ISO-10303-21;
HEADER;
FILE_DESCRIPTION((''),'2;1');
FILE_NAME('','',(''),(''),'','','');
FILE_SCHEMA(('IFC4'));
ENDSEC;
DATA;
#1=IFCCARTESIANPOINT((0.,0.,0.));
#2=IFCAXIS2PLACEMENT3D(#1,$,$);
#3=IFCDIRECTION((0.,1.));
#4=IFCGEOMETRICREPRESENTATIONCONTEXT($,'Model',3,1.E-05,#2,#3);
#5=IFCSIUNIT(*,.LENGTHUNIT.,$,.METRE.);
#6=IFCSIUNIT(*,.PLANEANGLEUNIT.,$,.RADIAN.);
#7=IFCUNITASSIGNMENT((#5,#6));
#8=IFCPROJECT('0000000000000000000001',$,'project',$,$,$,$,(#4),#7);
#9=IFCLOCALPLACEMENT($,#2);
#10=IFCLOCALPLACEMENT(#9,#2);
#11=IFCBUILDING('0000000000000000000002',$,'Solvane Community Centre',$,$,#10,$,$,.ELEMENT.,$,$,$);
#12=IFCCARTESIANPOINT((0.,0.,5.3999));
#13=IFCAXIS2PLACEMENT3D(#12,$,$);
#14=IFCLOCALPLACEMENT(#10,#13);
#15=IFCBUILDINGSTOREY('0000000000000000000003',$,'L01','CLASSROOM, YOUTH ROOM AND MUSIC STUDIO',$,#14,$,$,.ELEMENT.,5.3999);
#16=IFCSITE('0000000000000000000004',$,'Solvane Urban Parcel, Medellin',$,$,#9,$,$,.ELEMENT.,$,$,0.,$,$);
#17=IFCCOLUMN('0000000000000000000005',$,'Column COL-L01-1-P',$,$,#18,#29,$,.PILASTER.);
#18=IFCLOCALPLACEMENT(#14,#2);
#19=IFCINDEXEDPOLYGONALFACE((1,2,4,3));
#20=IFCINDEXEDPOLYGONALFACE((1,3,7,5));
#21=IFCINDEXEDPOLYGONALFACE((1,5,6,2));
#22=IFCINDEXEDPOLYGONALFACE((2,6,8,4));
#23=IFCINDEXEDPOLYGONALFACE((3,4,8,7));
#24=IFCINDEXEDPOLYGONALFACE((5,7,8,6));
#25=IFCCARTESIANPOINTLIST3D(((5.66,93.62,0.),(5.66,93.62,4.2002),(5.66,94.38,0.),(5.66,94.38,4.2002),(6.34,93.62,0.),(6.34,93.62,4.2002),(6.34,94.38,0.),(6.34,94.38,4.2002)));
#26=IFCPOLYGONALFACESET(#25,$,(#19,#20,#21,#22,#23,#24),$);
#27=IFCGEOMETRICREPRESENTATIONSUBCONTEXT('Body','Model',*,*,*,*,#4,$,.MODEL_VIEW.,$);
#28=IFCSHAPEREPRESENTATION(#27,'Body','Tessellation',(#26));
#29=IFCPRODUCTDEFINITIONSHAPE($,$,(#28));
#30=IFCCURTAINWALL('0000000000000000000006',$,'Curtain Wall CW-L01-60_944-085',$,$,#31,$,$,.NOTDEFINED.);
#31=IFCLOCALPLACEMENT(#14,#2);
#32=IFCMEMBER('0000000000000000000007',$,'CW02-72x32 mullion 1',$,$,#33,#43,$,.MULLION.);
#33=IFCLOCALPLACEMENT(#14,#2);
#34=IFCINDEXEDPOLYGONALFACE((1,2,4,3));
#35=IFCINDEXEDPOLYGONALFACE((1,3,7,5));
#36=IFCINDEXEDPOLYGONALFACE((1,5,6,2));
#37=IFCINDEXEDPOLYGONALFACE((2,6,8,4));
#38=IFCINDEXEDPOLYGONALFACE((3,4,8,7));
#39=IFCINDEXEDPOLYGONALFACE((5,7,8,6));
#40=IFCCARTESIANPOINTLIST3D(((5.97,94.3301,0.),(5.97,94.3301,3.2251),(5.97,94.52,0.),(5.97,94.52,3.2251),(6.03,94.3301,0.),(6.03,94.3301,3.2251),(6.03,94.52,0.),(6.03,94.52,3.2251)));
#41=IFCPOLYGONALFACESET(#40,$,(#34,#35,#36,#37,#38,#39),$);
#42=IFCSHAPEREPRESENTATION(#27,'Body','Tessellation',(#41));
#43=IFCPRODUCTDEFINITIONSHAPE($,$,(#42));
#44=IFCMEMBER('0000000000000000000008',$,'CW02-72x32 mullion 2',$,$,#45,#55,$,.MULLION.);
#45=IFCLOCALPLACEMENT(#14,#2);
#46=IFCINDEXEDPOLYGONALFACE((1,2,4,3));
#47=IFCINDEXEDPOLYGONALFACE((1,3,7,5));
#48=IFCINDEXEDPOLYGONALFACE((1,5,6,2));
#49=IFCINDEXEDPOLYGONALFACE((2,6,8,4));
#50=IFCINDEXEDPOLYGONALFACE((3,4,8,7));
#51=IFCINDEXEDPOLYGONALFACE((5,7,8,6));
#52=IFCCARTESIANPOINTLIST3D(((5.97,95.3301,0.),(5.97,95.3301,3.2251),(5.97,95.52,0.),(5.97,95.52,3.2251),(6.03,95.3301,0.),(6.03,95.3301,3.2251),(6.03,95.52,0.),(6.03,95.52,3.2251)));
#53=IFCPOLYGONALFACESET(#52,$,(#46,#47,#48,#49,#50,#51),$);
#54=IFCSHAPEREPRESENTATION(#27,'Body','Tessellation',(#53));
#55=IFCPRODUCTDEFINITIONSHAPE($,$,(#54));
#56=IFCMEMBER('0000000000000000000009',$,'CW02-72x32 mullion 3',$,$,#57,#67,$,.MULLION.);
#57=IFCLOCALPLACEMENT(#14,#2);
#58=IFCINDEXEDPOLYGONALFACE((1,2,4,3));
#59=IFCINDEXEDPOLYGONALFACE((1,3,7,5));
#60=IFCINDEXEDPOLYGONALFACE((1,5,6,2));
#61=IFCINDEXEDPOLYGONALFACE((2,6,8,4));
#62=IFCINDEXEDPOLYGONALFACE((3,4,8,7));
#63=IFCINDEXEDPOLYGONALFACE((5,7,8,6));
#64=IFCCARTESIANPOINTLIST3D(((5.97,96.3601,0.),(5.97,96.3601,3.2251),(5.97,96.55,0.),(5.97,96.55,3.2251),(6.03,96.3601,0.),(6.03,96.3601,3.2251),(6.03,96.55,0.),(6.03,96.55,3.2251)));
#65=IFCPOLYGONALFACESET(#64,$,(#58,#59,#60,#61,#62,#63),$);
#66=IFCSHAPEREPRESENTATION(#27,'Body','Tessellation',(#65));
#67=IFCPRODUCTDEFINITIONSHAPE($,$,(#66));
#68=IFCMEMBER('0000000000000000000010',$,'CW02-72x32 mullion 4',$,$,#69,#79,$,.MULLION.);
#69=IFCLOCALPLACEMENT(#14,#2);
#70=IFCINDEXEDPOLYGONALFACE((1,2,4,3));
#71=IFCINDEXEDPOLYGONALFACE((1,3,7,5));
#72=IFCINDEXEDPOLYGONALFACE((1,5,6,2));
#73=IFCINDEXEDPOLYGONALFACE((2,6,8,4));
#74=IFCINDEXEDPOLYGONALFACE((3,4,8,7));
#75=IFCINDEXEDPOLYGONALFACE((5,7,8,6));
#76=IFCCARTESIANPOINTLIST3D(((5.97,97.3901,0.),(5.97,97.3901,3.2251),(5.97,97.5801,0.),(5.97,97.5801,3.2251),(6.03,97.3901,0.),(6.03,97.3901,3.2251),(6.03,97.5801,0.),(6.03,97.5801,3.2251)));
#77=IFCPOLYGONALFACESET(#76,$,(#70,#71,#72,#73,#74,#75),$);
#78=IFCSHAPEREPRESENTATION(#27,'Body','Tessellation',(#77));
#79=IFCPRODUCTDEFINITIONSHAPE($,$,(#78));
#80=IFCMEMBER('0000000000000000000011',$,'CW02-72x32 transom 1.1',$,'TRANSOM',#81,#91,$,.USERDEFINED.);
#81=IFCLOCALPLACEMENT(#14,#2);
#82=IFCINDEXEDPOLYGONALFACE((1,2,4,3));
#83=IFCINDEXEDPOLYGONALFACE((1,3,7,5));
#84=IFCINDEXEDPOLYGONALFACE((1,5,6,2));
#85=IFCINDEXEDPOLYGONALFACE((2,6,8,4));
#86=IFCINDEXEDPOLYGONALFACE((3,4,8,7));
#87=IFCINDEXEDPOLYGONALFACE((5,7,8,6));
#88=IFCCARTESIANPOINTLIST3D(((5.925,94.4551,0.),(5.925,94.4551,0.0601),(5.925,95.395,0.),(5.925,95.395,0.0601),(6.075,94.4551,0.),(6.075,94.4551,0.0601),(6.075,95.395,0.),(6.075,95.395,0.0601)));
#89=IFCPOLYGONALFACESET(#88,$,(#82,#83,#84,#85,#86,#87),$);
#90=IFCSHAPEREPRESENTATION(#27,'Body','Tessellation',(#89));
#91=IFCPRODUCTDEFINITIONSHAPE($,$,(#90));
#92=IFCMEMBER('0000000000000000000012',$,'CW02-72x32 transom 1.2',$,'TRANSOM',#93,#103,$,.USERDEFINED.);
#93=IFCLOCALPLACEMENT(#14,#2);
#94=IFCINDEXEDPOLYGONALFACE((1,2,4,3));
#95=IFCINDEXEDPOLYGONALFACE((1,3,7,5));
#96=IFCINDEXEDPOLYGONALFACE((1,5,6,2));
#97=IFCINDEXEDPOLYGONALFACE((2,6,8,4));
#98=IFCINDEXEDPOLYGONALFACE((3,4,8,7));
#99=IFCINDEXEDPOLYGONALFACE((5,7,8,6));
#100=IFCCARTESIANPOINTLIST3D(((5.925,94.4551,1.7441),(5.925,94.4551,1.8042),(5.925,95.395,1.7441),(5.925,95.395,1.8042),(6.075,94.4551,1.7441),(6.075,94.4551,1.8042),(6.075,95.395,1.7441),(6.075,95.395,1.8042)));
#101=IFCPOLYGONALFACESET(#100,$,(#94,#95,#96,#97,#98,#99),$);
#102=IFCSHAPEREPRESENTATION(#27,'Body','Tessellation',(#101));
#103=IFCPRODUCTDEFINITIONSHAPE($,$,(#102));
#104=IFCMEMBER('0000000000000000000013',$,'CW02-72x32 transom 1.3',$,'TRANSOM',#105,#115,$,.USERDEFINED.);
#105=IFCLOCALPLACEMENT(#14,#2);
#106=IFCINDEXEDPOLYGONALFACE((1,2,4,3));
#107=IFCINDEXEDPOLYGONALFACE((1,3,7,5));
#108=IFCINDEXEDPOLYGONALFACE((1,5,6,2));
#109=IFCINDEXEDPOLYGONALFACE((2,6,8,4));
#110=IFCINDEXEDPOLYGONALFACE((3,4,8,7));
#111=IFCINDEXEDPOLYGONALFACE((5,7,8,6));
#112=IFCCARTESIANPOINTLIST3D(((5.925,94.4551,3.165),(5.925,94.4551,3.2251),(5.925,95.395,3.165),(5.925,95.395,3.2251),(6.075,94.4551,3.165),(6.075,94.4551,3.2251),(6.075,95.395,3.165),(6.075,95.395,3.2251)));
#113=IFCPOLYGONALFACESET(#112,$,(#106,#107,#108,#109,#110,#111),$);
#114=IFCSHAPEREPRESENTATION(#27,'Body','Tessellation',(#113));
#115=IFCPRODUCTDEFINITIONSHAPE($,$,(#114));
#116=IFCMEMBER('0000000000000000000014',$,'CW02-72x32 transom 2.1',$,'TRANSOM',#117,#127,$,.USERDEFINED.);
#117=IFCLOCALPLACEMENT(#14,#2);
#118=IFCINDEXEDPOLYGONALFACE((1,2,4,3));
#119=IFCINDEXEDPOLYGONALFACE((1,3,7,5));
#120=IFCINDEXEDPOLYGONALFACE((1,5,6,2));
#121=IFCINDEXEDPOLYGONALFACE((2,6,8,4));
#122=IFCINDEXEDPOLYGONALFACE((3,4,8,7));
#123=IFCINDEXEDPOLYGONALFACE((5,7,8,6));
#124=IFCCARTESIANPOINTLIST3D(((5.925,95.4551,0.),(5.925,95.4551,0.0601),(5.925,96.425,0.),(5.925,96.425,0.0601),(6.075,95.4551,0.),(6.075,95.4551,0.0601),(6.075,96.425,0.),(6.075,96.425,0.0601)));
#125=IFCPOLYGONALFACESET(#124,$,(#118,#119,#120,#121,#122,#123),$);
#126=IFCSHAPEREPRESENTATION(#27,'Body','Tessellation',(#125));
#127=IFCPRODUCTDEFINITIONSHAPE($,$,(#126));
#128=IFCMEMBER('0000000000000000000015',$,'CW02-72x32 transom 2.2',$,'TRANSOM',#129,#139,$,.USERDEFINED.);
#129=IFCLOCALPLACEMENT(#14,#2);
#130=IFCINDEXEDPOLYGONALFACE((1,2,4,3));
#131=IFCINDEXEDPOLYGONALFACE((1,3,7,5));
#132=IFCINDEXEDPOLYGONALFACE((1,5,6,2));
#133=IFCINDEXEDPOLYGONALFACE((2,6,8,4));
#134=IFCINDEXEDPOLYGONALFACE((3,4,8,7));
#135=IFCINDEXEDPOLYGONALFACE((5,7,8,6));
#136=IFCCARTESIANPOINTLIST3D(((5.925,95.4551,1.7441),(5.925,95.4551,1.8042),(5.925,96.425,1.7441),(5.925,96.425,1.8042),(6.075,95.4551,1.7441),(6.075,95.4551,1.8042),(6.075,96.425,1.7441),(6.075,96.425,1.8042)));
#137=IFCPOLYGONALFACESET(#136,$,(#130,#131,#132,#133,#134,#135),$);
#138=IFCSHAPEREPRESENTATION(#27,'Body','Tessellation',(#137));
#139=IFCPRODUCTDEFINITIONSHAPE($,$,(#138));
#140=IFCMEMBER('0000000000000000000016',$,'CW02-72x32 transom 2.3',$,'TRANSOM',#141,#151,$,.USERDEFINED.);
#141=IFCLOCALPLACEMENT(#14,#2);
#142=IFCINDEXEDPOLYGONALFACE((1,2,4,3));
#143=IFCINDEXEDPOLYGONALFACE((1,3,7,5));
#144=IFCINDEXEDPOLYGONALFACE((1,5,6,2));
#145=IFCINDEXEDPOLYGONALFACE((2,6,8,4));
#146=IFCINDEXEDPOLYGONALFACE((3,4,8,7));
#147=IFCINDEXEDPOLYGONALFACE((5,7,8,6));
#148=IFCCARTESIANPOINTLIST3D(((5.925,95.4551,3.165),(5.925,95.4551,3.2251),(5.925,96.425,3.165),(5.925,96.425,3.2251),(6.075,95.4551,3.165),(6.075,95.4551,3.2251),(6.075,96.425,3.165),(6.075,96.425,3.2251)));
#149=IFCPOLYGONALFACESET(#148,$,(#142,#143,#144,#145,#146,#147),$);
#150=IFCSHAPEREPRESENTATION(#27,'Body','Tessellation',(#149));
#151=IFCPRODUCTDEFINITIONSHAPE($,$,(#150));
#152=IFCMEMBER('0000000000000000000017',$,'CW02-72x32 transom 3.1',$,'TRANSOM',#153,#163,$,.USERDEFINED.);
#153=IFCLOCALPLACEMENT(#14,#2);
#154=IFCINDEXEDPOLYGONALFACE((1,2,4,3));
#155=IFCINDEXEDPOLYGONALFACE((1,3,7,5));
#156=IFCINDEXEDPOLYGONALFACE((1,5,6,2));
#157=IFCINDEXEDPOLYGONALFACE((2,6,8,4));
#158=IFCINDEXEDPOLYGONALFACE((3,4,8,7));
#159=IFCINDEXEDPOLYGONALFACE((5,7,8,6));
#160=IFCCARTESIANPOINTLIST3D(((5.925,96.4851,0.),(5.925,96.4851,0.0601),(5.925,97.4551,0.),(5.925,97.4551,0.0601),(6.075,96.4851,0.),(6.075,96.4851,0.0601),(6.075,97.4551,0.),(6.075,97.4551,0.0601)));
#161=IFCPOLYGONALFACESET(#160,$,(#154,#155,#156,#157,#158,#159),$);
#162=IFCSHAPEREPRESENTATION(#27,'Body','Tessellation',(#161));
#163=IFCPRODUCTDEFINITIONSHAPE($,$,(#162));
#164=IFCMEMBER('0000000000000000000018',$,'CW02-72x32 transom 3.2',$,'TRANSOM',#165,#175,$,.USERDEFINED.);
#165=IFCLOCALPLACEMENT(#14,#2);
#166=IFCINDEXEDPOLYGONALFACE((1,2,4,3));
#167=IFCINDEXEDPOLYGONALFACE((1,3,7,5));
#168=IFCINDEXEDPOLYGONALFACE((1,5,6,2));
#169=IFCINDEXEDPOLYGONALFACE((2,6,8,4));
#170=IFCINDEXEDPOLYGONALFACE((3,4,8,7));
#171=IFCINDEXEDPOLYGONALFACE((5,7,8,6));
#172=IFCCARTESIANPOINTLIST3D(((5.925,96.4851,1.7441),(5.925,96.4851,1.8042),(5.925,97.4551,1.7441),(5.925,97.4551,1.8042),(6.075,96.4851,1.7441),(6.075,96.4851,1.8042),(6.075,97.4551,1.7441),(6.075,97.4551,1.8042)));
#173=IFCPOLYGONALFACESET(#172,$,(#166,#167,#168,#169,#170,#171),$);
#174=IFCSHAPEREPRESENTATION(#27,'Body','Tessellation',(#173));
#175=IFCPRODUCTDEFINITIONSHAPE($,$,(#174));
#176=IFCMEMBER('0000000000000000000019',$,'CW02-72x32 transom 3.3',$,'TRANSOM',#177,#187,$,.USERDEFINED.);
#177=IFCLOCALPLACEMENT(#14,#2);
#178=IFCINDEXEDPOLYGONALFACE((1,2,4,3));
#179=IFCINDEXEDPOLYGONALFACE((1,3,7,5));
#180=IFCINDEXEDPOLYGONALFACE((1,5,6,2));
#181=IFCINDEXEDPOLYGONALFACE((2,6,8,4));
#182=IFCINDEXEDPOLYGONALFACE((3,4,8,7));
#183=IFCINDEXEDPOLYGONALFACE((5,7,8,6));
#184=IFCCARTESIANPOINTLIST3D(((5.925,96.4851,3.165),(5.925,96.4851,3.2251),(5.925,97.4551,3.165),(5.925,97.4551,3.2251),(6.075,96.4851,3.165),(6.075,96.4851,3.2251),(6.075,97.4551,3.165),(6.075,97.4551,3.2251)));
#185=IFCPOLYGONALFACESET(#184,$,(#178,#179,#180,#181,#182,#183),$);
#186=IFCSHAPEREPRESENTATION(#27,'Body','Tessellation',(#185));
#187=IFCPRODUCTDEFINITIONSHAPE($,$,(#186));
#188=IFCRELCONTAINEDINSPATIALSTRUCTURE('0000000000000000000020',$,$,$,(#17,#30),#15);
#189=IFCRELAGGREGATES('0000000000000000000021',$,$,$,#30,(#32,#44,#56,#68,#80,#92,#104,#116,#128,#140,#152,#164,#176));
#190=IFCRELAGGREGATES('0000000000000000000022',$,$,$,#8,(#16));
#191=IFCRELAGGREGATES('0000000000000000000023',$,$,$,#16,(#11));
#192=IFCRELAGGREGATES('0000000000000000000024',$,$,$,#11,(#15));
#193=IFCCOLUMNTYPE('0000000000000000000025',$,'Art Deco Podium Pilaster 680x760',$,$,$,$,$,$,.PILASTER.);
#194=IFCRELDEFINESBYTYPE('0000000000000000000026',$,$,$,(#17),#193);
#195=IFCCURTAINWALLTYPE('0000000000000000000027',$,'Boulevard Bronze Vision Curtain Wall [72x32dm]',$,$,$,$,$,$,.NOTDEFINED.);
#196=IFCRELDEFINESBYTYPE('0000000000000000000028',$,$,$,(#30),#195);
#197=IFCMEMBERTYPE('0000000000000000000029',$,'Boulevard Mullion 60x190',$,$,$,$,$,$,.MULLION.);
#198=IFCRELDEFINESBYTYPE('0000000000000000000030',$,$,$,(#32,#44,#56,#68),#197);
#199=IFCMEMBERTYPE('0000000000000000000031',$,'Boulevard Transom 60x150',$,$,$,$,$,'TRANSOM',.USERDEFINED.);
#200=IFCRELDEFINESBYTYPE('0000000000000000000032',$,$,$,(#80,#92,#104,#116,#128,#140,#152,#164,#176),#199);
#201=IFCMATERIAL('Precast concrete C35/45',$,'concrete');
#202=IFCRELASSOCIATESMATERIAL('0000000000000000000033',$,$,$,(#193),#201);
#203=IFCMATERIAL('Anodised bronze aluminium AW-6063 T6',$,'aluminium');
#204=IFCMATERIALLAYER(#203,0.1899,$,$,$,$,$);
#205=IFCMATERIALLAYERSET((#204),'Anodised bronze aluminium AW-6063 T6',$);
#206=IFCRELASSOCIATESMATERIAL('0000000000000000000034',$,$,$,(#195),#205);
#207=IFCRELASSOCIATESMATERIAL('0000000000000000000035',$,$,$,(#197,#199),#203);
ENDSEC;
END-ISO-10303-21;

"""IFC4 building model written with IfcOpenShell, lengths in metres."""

from ifc_helpers import new_model, si_unit, direction, frame, origin, origin_2d, place, context, subcontext, project, spatial, rectangle, extrude, material, layer, layer_set, material_profile, profile_set, type_object, element, aggregate, save


model = new_model("IFC4")

# Units and contexts
model_context = context("Model", 3, precision=1e-05, world=origin(), true_north=direction((0.0, 1.0)))
body_context = subcontext(model_context, "Body", "Model", "MODEL_VIEW")
ifc_project = project(units=[si_unit("LENGTHUNIT", "METRE"), si_unit("PLANEANGLEUNIT", "RADIAN")], contexts=[model_context])

# Site, building, storey
site_placement = place(None, origin())
site = spatial("IfcSite", under=ifc_project, at=site_placement, Name="Solvane Urban Parcel, Medellin", CompositionType="ELEMENT", RefElevation=0.0)
building_placement = place(site_placement, origin())
building = spatial("IfcBuilding", under=site, at=building_placement, Name="Solvane Community Centre", CompositionType="ELEMENT")
storey_placement = place(building_placement, frame((0.0, 0.0, 5.3999)))
storey = spatial("IfcBuildingStorey", under=building, at=storey_placement, Name="L01", Description="CLASSROOM, YOUTH ROOM AND MUSIC STUDIO", CompositionType="ELEMENT", Elevation=5.3999)

# Column
ifc_material_1 = material(Name="Precast concrete C35/45", Category="concrete")
ifc_material_profile_1 = material_profile(ifc_material_1, rectangle(XDim=0.6799, YDim=0.76, at=origin_2d()), Name="RC 680x760")
ifc_profile_set_1 = profile_set([ifc_material_profile_1], Name="Precast concrete C35/45")
column_type = type_object("IfcColumnType", Name="Art Deco Podium Pilaster 680x760", PredefinedType="PILASTER", material=ifc_profile_set_1)
column_placement = place(storey_placement, frame((6.0, 94.0, 0.0), z_axis=(0.0, 0.0, 1.0), x_axis=(1.0, 0.0, 0.0)))
element("IfcColumn", 1, at=column_placement, inside=storey, type_object=column_type, Name="Column COL-L01-1-P", PredefinedType="PILASTER", context=body_context, shape_type="SweptSolid", body=[
    extrude(rectangle(XDim=0.6799, YDim=0.76, at=origin_2d()), origin(), (0.0, 0.0, 1.0), 4.2002),
])

# Curtain wall, members
ifc_material_2 = material(Name="Anodised bronze aluminium AW-6063 T6", Category="aluminium")
ifc_layer_1 = layer(ifc_material_2, 0.1899)
ifc_layer_set_1 = layer_set([ifc_layer_1], Name="Anodised bronze aluminium AW-6063 T6")
curtain_wall_type = type_object("IfcCurtainWallType", Name="Boulevard Bronze Vision Curtain Wall [72x32dm]", PredefinedType="NOTDEFINED", material=ifc_layer_set_1)
curtain_wall_placement = place(storey_placement, origin())
curtain_wall = element("IfcCurtainWall", 2, at=curtain_wall_placement, inside=storey, type_object=curtain_wall_type, Name="Curtain Wall CW-L01-60_944-085", PredefinedType="NOTDEFINED")
ifc_material_profile_2 = material_profile(ifc_material_2, rectangle(XDim=0.0601, YDim=0.1899, at=origin_2d()), Name="CW-M 60x190")
ifc_profile_set_2 = profile_set([ifc_material_profile_2], Name="Anodised bronze aluminium AW-6063 T6")
member_type_1 = type_object("IfcMemberType", Name="Boulevard Mullion 60x190", PredefinedType="MULLION", material=ifc_profile_set_2)
member_1_placement = place(storey_placement, frame((6.0, 94.425, 0.0), z_axis=(0.0, 0.0, 1.0), x_axis=(-1.0, 0.0, 0.0)))
member_1 = element("IfcMember", 3, at=member_1_placement, type_object=member_type_1, Name="CW02-72x32 mullion 1", PredefinedType="MULLION", context=body_context, shape_type="SweptSolid", body=[
    extrude(rectangle(XDim=0.0601, YDim=0.1899, at=origin_2d()), origin(), (0.0, 0.0, 1.0), 3.2251),
])
member_2_placement = place(storey_placement, frame((6.0, 95.425, 0.0), z_axis=(0.0, 0.0, 1.0), x_axis=(-1.0, 0.0, 0.0)))
member_2 = element("IfcMember", 4, at=member_2_placement, type_object=member_type_1, Name="CW02-72x32 mullion 2", PredefinedType="MULLION", context=body_context, shape_type="SweptSolid", body=[
    extrude(rectangle(XDim=0.0601, YDim=0.1899, at=origin_2d()), origin(), (0.0, 0.0, 1.0), 3.2251),
])
member_3_placement = place(storey_placement, frame((6.0, 96.4551, 0.0), z_axis=(0.0, 0.0, 1.0), x_axis=(-1.0, 0.0, 0.0)))
member_3 = element("IfcMember", 5, at=member_3_placement, type_object=member_type_1, Name="CW02-72x32 mullion 3", PredefinedType="MULLION", context=body_context, shape_type="SweptSolid", body=[
    extrude(rectangle(XDim=0.0601, YDim=0.1899, at=origin_2d()), origin(), (0.0, 0.0, 1.0), 3.2251),
])
member_4_placement = place(storey_placement, frame((6.0, 97.4851, 0.0), z_axis=(0.0, 0.0, 1.0), x_axis=(-1.0, 0.0, 0.0)))
member_4 = element("IfcMember", 6, at=member_4_placement, type_object=member_type_1, Name="CW02-72x32 mullion 4", PredefinedType="MULLION", context=body_context, shape_type="SweptSolid", body=[
    extrude(rectangle(XDim=0.0601, YDim=0.1899, at=origin_2d()), origin(), (0.0, 0.0, 1.0), 3.2251),
])
ifc_material_profile_3 = material_profile(ifc_material_2, rectangle(XDim=0.1499, YDim=0.0601, at=origin_2d()), Name="CW-T 60x150")
ifc_profile_set_3 = profile_set([ifc_material_profile_3], Name="Anodised bronze aluminium AW-6063 T6")
member_type_2 = type_object("IfcMemberType", Name="Boulevard Transom 60x150", ElementType="TRANSOM", PredefinedType="USERDEFINED", material=ifc_profile_set_3)
member_5_placement = place(storey_placement, frame((6.0, 94.4551, 0.03), z_axis=(0.0, 1.0, 0.0), x_axis=(-1.0, 0.0, 0.0)))
member_5 = element("IfcMember", 7, at=member_5_placement, type_object=member_type_2, Name="CW02-72x32 transom 1.1", ObjectType="TRANSOM", PredefinedType="USERDEFINED", context=body_context, shape_type="SweptSolid", body=[
    extrude(rectangle(XDim=0.1499, YDim=0.0601, at=origin_2d()), origin(), (0.0, 0.0, 1.0), 0.9399),
])
member_6_placement = place(storey_placement, frame((6.0, 94.4551, 1.7742), z_axis=(0.0, 1.0, 0.0), x_axis=(-1.0, 0.0, 0.0)))
member_6 = element("IfcMember", 8, at=member_6_placement, type_object=member_type_2, Name="CW02-72x32 transom 1.2", ObjectType="TRANSOM", PredefinedType="USERDEFINED", context=body_context, shape_type="SweptSolid", body=[
    extrude(rectangle(XDim=0.1499, YDim=0.0601, at=origin_2d()), origin(), (0.0, 0.0, 1.0), 0.9399),
])
member_7_placement = place(storey_placement, frame((6.0, 94.4551, 3.1951), z_axis=(0.0, 1.0, 0.0), x_axis=(-1.0, 0.0, 0.0)))
member_7 = element("IfcMember", 9, at=member_7_placement, type_object=member_type_2, Name="CW02-72x32 transom 1.3", ObjectType="TRANSOM", PredefinedType="USERDEFINED", context=body_context, shape_type="SweptSolid", body=[
    extrude(rectangle(XDim=0.1499, YDim=0.0601, at=origin_2d()), origin(), (0.0, 0.0, 1.0), 0.9399),
])
member_8_placement = place(storey_placement, frame((6.0, 95.4551, 0.03), z_axis=(0.0, 1.0, 0.0), x_axis=(-1.0, 0.0, 0.0)))
member_8 = element("IfcMember", 10, at=member_8_placement, type_object=member_type_2, Name="CW02-72x32 transom 2.1", ObjectType="TRANSOM", PredefinedType="USERDEFINED", context=body_context, shape_type="SweptSolid", body=[
    extrude(rectangle(XDim=0.1499, YDim=0.0601, at=origin_2d()), origin(), (0.0, 0.0, 1.0), 0.97),
])
member_9_placement = place(storey_placement, frame((6.0, 95.4551, 1.7742), z_axis=(0.0, 1.0, 0.0), x_axis=(-1.0, 0.0, 0.0)))
member_9 = element("IfcMember", 11, at=member_9_placement, type_object=member_type_2, Name="CW02-72x32 transom 2.2", ObjectType="TRANSOM", PredefinedType="USERDEFINED", context=body_context, shape_type="SweptSolid", body=[
    extrude(rectangle(XDim=0.1499, YDim=0.0601, at=origin_2d()), origin(), (0.0, 0.0, 1.0), 0.97),
])
member_10_placement = place(storey_placement, frame((6.0, 95.4551, 3.1951), z_axis=(0.0, 1.0, 0.0), x_axis=(-1.0, 0.0, 0.0)))
member_10 = element("IfcMember", 12, at=member_10_placement, type_object=member_type_2, Name="CW02-72x32 transom 2.3", ObjectType="TRANSOM", PredefinedType="USERDEFINED", context=body_context, shape_type="SweptSolid", body=[
    extrude(rectangle(XDim=0.1499, YDim=0.0601, at=origin_2d()), origin(), (0.0, 0.0, 1.0), 0.97),
])
member_11_placement = place(storey_placement, frame((6.0, 96.4851, 0.03), z_axis=(0.0, 1.0, 0.0), x_axis=(-1.0, 0.0, 0.0)))
member_11 = element("IfcMember", 13, at=member_11_placement, type_object=member_type_2, Name="CW02-72x32 transom 3.1", ObjectType="TRANSOM", PredefinedType="USERDEFINED", context=body_context, shape_type="SweptSolid", body=[
    extrude(rectangle(XDim=0.1499, YDim=0.0601, at=origin_2d()), origin(), (0.0, 0.0, 1.0), 0.97),
])
member_12_placement = place(storey_placement, frame((6.0, 96.4851, 1.7742), z_axis=(0.0, 1.0, 0.0), x_axis=(-1.0, 0.0, 0.0)))
member_12 = element("IfcMember", 14, at=member_12_placement, type_object=member_type_2, Name="CW02-72x32 transom 3.2", ObjectType="TRANSOM", PredefinedType="USERDEFINED", context=body_context, shape_type="SweptSolid", body=[
    extrude(rectangle(XDim=0.1499, YDim=0.0601, at=origin_2d()), origin(), (0.0, 0.0, 1.0), 0.97),
])
member_13_placement = place(storey_placement, frame((6.0, 96.4851, 3.1951), z_axis=(0.0, 1.0, 0.0), x_axis=(-1.0, 0.0, 0.0)))
member_13 = element("IfcMember", 15, at=member_13_placement, type_object=member_type_2, Name="CW02-72x32 transom 3.3", ObjectType="TRANSOM", PredefinedType="USERDEFINED", context=body_context, shape_type="SweptSolid", body=[
    extrude(rectangle(XDim=0.1499, YDim=0.0601, at=origin_2d()), origin(), (0.0, 0.0, 1.0), 0.97),
])

aggregate(curtain_wall, [member_1, member_2, member_3, member_4, member_5, member_6, member_7, member_8, member_9, member_10, member_11, member_12, member_13])

save(model, "model.ifc")
